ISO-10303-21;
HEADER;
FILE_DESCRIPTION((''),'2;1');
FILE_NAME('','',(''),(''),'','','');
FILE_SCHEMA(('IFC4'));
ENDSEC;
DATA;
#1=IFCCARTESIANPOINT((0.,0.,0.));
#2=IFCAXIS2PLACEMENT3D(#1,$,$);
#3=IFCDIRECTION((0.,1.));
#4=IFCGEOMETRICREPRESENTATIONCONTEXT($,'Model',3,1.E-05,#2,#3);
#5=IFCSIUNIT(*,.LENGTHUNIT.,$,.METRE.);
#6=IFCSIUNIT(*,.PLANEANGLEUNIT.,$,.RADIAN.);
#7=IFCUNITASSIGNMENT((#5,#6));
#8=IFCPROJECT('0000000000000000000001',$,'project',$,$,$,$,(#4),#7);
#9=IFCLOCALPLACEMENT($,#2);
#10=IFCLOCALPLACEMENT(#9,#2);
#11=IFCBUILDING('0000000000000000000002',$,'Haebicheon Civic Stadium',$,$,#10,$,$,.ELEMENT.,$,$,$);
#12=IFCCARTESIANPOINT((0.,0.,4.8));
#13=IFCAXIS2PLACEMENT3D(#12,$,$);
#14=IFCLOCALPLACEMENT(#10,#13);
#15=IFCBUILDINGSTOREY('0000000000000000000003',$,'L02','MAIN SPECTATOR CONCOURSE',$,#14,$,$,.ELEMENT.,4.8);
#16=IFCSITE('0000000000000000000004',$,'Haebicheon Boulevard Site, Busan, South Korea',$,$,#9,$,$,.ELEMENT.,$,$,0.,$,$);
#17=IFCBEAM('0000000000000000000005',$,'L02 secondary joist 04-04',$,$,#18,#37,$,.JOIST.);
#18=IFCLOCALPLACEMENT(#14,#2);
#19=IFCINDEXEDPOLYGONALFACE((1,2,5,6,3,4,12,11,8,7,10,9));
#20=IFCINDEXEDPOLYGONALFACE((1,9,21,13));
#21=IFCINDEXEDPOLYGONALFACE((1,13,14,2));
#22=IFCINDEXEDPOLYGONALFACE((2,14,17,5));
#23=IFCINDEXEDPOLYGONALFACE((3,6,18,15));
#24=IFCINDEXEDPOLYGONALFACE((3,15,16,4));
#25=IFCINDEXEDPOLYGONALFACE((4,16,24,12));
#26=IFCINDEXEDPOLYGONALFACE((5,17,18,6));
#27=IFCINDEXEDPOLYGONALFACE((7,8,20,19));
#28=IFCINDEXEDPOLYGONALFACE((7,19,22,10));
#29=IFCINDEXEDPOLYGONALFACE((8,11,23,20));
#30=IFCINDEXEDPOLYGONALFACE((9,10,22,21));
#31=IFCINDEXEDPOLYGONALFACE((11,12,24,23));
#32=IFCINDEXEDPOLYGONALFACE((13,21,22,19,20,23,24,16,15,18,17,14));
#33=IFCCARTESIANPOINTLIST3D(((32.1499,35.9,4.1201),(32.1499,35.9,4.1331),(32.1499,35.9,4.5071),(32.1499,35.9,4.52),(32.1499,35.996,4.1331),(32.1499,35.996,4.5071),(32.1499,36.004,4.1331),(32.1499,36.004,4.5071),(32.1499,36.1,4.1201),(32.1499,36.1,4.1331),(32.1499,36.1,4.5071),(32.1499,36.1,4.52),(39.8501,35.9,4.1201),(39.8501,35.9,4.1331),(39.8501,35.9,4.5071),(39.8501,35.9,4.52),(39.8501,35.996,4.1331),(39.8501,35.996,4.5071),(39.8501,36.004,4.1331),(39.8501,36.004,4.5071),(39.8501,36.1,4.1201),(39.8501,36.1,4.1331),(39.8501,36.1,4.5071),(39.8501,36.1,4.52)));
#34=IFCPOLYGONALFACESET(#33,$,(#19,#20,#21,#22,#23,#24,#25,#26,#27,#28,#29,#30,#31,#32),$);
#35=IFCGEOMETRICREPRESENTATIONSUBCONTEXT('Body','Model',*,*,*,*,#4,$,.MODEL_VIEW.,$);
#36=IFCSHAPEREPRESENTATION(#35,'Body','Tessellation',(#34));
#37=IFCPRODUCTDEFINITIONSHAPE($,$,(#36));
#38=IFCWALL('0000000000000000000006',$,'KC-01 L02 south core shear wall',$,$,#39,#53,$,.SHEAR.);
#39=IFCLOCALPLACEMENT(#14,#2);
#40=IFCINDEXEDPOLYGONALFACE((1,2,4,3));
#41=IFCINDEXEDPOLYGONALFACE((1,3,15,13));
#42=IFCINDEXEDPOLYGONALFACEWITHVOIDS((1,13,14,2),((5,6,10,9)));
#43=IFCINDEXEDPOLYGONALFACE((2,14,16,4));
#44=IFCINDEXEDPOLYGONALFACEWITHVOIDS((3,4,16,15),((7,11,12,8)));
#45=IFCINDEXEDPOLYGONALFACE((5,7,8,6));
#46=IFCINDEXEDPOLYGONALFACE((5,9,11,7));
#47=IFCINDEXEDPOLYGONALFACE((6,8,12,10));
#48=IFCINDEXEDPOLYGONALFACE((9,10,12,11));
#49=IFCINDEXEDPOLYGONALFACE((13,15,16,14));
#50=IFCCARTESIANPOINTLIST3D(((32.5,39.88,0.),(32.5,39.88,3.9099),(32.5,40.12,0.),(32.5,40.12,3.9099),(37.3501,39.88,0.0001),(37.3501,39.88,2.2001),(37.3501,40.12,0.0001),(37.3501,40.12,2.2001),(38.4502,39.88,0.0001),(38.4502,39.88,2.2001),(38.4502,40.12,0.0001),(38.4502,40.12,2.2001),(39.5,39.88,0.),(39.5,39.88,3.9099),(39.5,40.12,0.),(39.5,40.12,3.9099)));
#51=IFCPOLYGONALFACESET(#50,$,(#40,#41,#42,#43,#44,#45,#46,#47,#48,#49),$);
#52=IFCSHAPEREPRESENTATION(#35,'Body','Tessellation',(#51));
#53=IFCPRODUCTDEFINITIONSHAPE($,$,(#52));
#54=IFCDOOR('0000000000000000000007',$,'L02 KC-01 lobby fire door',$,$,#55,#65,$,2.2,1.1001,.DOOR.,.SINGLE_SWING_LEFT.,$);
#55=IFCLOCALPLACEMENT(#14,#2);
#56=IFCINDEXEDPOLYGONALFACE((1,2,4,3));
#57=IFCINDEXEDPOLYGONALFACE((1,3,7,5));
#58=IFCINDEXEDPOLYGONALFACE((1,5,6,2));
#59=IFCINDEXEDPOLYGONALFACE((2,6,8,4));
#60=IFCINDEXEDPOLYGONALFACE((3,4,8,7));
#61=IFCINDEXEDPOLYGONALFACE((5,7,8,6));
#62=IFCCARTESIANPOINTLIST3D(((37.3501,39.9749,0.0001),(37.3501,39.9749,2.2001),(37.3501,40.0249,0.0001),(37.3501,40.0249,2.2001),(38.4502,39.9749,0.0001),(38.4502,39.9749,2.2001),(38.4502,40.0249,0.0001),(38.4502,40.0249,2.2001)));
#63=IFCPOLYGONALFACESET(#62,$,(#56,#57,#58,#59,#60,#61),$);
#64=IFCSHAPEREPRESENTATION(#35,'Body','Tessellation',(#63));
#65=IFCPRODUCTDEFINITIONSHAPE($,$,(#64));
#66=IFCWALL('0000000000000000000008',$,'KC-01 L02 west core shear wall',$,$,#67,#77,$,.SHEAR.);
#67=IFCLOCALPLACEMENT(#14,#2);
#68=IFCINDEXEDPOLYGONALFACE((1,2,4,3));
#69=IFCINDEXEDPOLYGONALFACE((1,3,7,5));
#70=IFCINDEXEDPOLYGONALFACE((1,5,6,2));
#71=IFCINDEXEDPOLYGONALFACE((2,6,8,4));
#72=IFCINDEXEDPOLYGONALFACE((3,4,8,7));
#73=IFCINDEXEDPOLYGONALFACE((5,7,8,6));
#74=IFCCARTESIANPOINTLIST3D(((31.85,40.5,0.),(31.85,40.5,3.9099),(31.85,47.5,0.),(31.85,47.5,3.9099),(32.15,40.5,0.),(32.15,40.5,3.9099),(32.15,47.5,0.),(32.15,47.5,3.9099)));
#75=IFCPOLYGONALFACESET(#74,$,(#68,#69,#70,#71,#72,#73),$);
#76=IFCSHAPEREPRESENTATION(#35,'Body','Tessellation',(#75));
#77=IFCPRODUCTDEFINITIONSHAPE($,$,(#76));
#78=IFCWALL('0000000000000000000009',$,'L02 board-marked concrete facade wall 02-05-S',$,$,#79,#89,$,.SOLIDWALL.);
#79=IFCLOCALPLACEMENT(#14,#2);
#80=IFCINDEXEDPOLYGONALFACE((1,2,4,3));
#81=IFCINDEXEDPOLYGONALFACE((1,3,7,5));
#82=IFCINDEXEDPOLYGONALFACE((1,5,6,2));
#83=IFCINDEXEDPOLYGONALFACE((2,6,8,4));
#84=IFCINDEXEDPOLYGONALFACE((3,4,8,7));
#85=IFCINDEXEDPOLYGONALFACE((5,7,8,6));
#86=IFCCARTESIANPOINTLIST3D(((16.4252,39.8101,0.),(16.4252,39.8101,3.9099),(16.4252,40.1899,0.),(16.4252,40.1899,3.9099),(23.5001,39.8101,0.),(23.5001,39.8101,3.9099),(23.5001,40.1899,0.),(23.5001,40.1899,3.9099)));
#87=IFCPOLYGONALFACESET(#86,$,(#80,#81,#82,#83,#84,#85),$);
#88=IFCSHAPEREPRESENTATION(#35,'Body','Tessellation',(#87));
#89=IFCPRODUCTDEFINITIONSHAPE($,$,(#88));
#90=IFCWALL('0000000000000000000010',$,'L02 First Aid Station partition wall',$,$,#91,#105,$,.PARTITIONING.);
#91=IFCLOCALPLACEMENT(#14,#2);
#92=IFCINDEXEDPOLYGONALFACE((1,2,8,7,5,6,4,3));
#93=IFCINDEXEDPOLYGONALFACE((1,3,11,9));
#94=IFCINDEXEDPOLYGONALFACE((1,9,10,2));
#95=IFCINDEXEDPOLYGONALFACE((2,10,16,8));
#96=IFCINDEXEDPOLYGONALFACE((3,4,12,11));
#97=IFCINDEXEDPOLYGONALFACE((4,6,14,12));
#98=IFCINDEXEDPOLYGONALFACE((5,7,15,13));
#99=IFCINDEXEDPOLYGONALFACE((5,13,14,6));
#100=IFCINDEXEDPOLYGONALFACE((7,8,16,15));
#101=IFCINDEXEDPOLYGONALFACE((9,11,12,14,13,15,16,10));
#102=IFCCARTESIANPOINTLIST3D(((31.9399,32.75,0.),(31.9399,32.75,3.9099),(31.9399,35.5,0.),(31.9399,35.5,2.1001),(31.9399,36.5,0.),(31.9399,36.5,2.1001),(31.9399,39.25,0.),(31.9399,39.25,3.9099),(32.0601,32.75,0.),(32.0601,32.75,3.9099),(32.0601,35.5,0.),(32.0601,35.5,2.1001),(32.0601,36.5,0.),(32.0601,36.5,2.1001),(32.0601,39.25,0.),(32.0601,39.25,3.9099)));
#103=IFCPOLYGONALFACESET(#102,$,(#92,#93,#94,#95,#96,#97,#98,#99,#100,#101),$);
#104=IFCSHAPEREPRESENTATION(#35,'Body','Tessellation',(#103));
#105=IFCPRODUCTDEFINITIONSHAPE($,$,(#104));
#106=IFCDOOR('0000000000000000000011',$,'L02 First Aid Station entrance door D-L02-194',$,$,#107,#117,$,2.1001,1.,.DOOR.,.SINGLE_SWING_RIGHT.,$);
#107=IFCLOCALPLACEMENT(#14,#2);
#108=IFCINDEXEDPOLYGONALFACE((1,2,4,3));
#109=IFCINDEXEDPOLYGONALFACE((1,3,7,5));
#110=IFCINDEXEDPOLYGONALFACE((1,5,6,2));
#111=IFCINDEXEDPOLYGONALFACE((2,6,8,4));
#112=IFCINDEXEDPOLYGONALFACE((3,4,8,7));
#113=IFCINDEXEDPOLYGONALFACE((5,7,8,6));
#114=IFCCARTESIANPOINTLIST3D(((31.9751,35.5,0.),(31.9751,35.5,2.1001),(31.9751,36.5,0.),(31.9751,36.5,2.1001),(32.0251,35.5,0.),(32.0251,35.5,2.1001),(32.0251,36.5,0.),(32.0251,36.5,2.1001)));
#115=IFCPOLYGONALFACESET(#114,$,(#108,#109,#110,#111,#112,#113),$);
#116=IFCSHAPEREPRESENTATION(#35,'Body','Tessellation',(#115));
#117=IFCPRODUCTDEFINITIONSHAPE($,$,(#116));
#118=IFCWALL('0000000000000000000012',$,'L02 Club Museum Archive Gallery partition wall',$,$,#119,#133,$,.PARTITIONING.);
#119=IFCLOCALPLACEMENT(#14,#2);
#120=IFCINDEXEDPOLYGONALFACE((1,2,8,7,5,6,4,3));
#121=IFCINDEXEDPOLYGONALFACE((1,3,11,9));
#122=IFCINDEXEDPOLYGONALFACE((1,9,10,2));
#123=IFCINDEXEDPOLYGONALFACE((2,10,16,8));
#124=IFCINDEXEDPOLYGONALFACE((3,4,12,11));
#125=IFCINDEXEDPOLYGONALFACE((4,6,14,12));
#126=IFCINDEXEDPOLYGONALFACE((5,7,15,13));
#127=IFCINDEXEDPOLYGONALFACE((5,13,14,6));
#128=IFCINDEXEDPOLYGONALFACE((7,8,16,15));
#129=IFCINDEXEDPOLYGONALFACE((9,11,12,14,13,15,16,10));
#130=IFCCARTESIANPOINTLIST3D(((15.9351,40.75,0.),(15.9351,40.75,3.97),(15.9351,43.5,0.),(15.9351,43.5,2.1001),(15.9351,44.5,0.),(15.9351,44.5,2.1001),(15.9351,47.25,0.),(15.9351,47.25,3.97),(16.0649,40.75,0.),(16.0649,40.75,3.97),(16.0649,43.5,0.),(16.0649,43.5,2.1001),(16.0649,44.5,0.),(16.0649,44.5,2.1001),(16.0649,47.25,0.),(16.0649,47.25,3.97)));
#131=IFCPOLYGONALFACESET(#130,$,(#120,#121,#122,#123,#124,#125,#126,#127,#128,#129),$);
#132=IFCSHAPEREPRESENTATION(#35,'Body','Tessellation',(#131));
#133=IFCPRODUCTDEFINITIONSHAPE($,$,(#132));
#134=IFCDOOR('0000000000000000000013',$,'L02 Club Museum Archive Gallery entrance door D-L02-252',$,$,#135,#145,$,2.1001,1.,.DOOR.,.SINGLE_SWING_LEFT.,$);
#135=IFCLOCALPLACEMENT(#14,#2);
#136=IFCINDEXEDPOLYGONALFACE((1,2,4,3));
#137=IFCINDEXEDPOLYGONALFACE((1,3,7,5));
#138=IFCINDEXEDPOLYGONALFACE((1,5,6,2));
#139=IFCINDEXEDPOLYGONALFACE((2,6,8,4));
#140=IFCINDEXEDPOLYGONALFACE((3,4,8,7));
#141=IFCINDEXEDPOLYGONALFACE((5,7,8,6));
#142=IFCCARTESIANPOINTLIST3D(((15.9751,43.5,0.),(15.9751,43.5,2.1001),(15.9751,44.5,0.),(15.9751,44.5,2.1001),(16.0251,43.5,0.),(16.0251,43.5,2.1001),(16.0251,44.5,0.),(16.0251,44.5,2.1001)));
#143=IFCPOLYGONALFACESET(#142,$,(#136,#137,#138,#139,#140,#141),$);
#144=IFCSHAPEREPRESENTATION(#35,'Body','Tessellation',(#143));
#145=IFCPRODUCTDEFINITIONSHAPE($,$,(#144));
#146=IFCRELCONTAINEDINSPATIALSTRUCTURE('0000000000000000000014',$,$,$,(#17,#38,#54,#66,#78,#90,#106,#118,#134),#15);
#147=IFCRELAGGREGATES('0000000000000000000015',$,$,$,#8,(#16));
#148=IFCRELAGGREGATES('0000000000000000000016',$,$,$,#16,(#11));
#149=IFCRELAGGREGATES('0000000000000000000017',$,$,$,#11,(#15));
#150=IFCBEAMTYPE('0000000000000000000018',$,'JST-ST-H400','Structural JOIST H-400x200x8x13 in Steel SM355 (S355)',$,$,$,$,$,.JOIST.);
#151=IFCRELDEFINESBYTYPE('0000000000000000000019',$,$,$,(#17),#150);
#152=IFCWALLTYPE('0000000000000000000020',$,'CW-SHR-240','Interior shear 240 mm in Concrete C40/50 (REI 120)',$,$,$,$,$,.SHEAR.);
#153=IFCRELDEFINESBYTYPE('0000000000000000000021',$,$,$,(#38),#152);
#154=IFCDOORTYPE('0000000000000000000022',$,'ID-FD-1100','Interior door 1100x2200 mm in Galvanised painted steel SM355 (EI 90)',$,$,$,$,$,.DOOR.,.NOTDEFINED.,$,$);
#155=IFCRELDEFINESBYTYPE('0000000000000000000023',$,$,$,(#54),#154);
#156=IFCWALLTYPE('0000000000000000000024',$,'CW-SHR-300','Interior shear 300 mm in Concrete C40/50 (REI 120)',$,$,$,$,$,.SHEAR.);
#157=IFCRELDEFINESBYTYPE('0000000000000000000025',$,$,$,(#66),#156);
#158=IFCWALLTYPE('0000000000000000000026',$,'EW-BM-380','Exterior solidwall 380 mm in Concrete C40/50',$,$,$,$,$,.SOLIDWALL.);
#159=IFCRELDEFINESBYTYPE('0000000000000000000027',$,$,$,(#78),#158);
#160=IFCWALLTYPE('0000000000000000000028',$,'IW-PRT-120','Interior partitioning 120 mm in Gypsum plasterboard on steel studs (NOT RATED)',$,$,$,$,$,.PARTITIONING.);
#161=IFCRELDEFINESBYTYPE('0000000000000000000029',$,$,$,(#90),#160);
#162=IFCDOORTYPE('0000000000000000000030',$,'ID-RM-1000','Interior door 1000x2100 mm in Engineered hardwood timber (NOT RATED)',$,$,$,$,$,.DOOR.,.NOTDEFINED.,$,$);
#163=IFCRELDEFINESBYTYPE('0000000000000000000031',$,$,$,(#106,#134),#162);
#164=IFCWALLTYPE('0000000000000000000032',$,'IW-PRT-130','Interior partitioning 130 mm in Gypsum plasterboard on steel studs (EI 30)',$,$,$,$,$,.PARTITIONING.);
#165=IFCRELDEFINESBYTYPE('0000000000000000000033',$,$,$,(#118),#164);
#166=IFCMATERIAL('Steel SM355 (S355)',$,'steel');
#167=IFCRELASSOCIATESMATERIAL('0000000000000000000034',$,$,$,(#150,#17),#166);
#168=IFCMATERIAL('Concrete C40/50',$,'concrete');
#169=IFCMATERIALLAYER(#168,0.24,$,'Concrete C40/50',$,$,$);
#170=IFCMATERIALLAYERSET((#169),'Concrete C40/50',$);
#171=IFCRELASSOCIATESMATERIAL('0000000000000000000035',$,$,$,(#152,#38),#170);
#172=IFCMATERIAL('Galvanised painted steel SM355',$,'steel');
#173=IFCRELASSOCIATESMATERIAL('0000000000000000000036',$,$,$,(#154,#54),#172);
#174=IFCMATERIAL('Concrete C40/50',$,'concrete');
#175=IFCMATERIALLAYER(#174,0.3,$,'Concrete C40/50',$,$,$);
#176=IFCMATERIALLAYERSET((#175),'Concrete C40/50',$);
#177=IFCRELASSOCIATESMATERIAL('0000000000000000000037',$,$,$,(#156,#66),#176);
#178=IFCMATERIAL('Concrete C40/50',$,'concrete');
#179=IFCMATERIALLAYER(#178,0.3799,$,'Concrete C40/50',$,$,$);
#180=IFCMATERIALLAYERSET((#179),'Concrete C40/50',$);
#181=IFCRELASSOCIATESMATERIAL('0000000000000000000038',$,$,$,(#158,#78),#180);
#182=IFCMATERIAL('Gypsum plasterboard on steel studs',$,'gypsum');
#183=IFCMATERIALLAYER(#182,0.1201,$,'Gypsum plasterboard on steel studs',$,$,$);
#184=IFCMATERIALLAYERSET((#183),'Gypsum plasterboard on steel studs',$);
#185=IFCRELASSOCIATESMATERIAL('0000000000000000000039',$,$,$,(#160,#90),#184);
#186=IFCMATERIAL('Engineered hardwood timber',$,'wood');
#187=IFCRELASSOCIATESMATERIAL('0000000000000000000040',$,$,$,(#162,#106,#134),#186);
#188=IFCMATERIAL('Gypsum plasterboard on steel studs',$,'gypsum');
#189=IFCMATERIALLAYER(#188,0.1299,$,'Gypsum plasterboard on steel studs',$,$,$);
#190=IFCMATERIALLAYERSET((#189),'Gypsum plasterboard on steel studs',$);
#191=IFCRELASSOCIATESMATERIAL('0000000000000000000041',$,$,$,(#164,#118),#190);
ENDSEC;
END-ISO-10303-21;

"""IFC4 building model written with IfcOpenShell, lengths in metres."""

from ifc_helpers import new_model, si_unit, direction, frame, frame_2d, origin, origin_2d, place, context, subcontext, project, spatial, rectangle, i_section, extrude, material, layer, layer_set, material_profile, profile_set, type_object, element, fill, save


model = new_model("IFC4")

# Units and contexts
model_context = context("Model", 3, precision=1e-05, world=origin(), true_north=direction((0.0, 1.0)))
body_context = subcontext(model_context, "Body", "Model", "MODEL_VIEW")
ifc_project = project(units=[si_unit("LENGTHUNIT", "METRE"), si_unit("PLANEANGLEUNIT", "RADIAN")], contexts=[model_context])

# Site, building, storey
site_placement = place(None, origin())
site = spatial("IfcSite", under=ifc_project, at=site_placement, Name="Haebicheon Boulevard Site, Busan, South Korea", CompositionType="ELEMENT", RefElevation=0.0)
building_placement = place(site_placement, origin())
building = spatial("IfcBuilding", under=site, at=building_placement, Name="Haebicheon Civic Stadium", CompositionType="ELEMENT")
storey_placement = place(building_placement, frame((0.0, 0.0, 4.8)))
storey = spatial("IfcBuildingStorey", under=building, at=storey_placement, Name="L02", Description="MAIN SPECTATOR CONCOURSE", CompositionType="ELEMENT", Elevation=4.8)

# Beam
ifc_material_1 = material(Name="Steel SM355 (S355)", Category="steel")
ifc_material_profile_1 = material_profile(ifc_material_1, i_section(OverallWidth=0.2, OverallDepth=0.3999, WebThickness=0.0081, FlangeThickness=0.0129, at=origin_2d()), Name="H-400x200x8x13")
ifc_profile_set_1 = profile_set([ifc_material_profile_1], Name="Steel SM355 (S355)")
beam_type_1 = type_object("IfcBeamType", Name="JST-ST-H400", Description="Structural JOIST H-400x200x8x13 in Steel SM355 (S355)", PredefinedType="JOIST", material=ifc_profile_set_1)
for number, where, z_axis, x_axis, name in (
    (1, (32.1499, 36.0, 4.3201), (1.0, 0.0, 0.0), (0.0, 1.0, 0.0), "L02 secondary joist 04-04"),
):
    element("IfcBeam", number, at=place(storey_placement, frame(where, z_axis=z_axis, x_axis=x_axis)), inside=storey, type_object=beam_type_1, material=ifc_profile_set_1, Name=name, PredefinedType="JOIST", context=body_context, shape_type="SweptSolid", body=[
        extrude(i_section(OverallWidth=0.2, OverallDepth=0.3999, WebThickness=0.0081, FlangeThickness=0.0129, at=origin_2d()), origin(), (0.0, 0.0, 1.0), 7.7002),
    ])

# Wall, opening, door
ifc_material_2 = material(Name="Concrete C40/50", Category="concrete")
ifc_layer_1 = layer(ifc_material_2, 0.24, Name="Concrete C40/50")
ifc_layer_set_1 = layer_set([ifc_layer_1], Name="Concrete C40/50")
wall_type_1 = type_object("IfcWallType", Name="CW-SHR-240", Description="Interior shear 240 mm in Concrete C40/50 (REI 120)", PredefinedType="SHEAR", material=ifc_layer_set_1)
wall_1_placement = place(storey_placement, frame((32.5, 40.0, 0.0), z_axis=(0.0, 0.0, 1.0), x_axis=(1.0, 0.0, 0.0)))
wall_1 = element("IfcWall", 2, at=wall_1_placement, inside=storey, type_object=wall_type_1, material=ifc_layer_set_1, Name="KC-01 L02 south core shear wall", PredefinedType="SHEAR", context=body_context, shape_type="SweptSolid", body=[
    extrude(rectangle(XDim=7.0, YDim=0.24, at=frame_2d((3.5, 0.0))), origin(), (0.0, 0.0, 1.0), 3.9099),
])
opening_1_placement = place(wall_1_placement, frame((4.8501, 0.0, 0.0)))
opening_1 = element("IfcOpeningElement", 3, at=opening_1_placement, cuts=wall_1, PredefinedType="OPENING", context=body_context, shape_type="SweptSolid", body=[
    extrude(rectangle(XDim=1.1001, YDim=2.2, at=frame_2d((0.55, 1.1001))), frame((0.0, 0.1299, 0.0), z_axis=(0.0, -1.0, 0.0), x_axis=(1.0, 0.0, 0.0)), (0.0, 0.0, 1.0), 0.26),
])
ifc_material_3 = material(Name="Galvanised painted steel SM355", Category="steel")
door_type_1 = type_object("IfcDoorType", Name="ID-FD-1100", Description="Interior door 1100x2200 mm in Galvanised painted steel SM355 (EI 90)", OperationType="NOTDEFINED", PredefinedType="DOOR", material=ifc_material_3)
door_1_placement = place(opening_1_placement, origin())
door_1 = element("IfcDoor", 4, at=door_1_placement, inside=storey, type_object=door_type_1, material=ifc_material_3, Name="L02 KC-01 lobby fire door", OperationType="SINGLE_SWING_LEFT", OverallHeight=2.2, OverallWidth=1.1001, PredefinedType="DOOR", context=body_context, shape_type="SweptSolid", body=[
    extrude(rectangle(XDim=1.1001, YDim=2.2, at=frame_2d((0.55, 1.1001))), frame((0.0, 0.0249, 0.0), z_axis=(0.0, -1.0, 0.0), x_axis=(1.0, 0.0, 0.0)), (0.0, 0.0, 1.0), 0.05),
])
fill(opening_1, door_1)

# Walls
ifc_material_4 = material(Name="Concrete C40/50", Category="concrete")
ifc_layer_2 = layer(ifc_material_4, 0.3, Name="Concrete C40/50")
ifc_layer_set_2 = layer_set([ifc_layer_2], Name="Concrete C40/50")
wall_type_2 = type_object("IfcWallType", Name="CW-SHR-300", Description="Interior shear 300 mm in Concrete C40/50 (REI 120)", PredefinedType="SHEAR", material=ifc_layer_set_2)
wall_2_placement = place(storey_placement, frame((32.0, 40.5, 0.0), z_axis=(0.0, 0.0, 1.0), x_axis=(0.0, 1.0, 0.0)))
element("IfcWall", 5, at=wall_2_placement, inside=storey, type_object=wall_type_2, material=ifc_layer_set_2, Name="KC-01 L02 west core shear wall", PredefinedType="SHEAR", context=body_context, shape_type="SweptSolid", body=[
    extrude(rectangle(XDim=7.0, YDim=0.3, at=frame_2d((3.5, 0.0))), origin(), (0.0, 0.0, 1.0), 3.9099),
])
ifc_material_5 = material(Name="Concrete C40/50", Category="concrete")
ifc_layer_3 = layer(ifc_material_5, 0.3799, Name="Concrete C40/50")
ifc_layer_set_3 = layer_set([ifc_layer_3], Name="Concrete C40/50")
wall_type_3 = type_object("IfcWallType", Name="EW-BM-380", Description="Exterior solidwall 380 mm in Concrete C40/50", PredefinedType="SOLIDWALL", material=ifc_layer_set_3)
wall_3_placement = place(storey_placement, frame((16.425, 40.0, 0.0), z_axis=(0.0, 0.0, 1.0), x_axis=(1.0, 0.0, 0.0)))
element("IfcWall", 6, at=wall_3_placement, inside=storey, type_object=wall_type_3, material=ifc_layer_set_3, Name="L02 board-marked concrete facade wall 02-05-S", PredefinedType="SOLIDWALL", context=body_context, shape_type="SweptSolid", body=[
    extrude(rectangle(XDim=7.075, YDim=0.3799, at=frame_2d((3.5376, 0.0))), origin(), (0.0, 0.0, 1.0), 3.9099),
])

# Walls, openings, doors
ifc_material_6 = material(Name="Gypsum plasterboard on steel studs", Category="gypsum")
ifc_layer_4 = layer(ifc_material_6, 0.1201, Name="Gypsum plasterboard on steel studs")
ifc_layer_set_4 = layer_set([ifc_layer_4], Name="Gypsum plasterboard on steel studs")
wall_type_4 = type_object("IfcWallType", Name="IW-PRT-120", Description="Interior partitioning 120 mm in Gypsum plasterboard on steel studs (NOT RATED)", PredefinedType="PARTITIONING", material=ifc_layer_set_4)
wall_4_placement = place(storey_placement, frame((32.0, 32.75, 0.0), z_axis=(0.0, 0.0, 1.0), x_axis=(0.0, 1.0, 0.0)))
wall_4 = element("IfcWall", 7, at=wall_4_placement, inside=storey, type_object=wall_type_4, material=ifc_layer_set_4, Name="L02 First Aid Station partition wall", PredefinedType="PARTITIONING", context=body_context, shape_type="SweptSolid", body=[
    extrude(rectangle(XDim=6.5, YDim=0.1201, at=frame_2d((3.25, 0.0))), origin(), (0.0, 0.0, 1.0), 3.9099),
])
opening_2_placement = place(wall_4_placement, frame((2.75, 0.0, 0.0)))
opening_2 = element("IfcOpeningElement", 8, at=opening_2_placement, cuts=wall_4, PredefinedType="OPENING", context=body_context, shape_type="SweptSolid", body=[
    extrude(rectangle(XDim=1.0, YDim=2.1001, at=frame_2d((0.5, 1.05))), frame((0.0, 0.0701, 0.0), z_axis=(0.0, -1.0, 0.0), x_axis=(1.0, 0.0, 0.0)), (0.0, 0.0, 1.0), 0.1401),
])
ifc_material_7 = material(Name="Engineered hardwood timber", Category="wood")
door_type_2 = type_object("IfcDoorType", Name="ID-RM-1000", Description="Interior door 1000x2100 mm in Engineered hardwood timber (NOT RATED)", OperationType="NOTDEFINED", PredefinedType="DOOR", material=ifc_material_7)
door_2_placement = place(opening_2_placement, origin())
door_2 = element("IfcDoor", 9, at=door_2_placement, inside=storey, type_object=door_type_2, material=ifc_material_7, Name="L02 First Aid Station entrance door D-L02-194", OperationType="SINGLE_SWING_RIGHT", OverallHeight=2.1001, OverallWidth=1.0, PredefinedType="DOOR", context=body_context, shape_type="SweptSolid", body=[
    extrude(rectangle(XDim=1.0, YDim=2.1001, at=frame_2d((0.5, 1.05))), frame((0.0, 0.0249, 0.0), z_axis=(0.0, -1.0, 0.0), x_axis=(1.0, 0.0, 0.0)), (0.0, 0.0, 1.0), 0.05),
])
fill(opening_2, door_2)
ifc_material_8 = material(Name="Gypsum plasterboard on steel studs", Category="gypsum")
ifc_layer_5 = layer(ifc_material_8, 0.1299, Name="Gypsum plasterboard on steel studs")
ifc_layer_set_5 = layer_set([ifc_layer_5], Name="Gypsum plasterboard on steel studs")
wall_type_5 = type_object("IfcWallType", Name="IW-PRT-130", Description="Interior partitioning 130 mm in Gypsum plasterboard on steel studs (EI 30)", PredefinedType="PARTITIONING", material=ifc_layer_set_5)
wall_5_placement = place(storey_placement, frame((16.0, 40.75, 0.0), z_axis=(0.0, 0.0, 1.0), x_axis=(0.0, 1.0, 0.0)))
wall_5 = element("IfcWall", 10, at=wall_5_placement, inside=storey, type_object=wall_type_5, material=ifc_layer_set_5, Name="L02 Club Museum Archive Gallery partition wall", PredefinedType="PARTITIONING", context=body_context, shape_type="SweptSolid", body=[
    extrude(rectangle(XDim=6.5, YDim=0.1299, at=frame_2d((3.25, 0.0))), origin(), (0.0, 0.0, 1.0), 3.97),
])
opening_3_placement = place(wall_5_placement, frame((2.75, 0.0, 0.0)))
opening_3 = element("IfcOpeningElement", 11, at=opening_3_placement, cuts=wall_5, PredefinedType="OPENING", context=body_context, shape_type="SweptSolid", body=[
    extrude(rectangle(XDim=1.0, YDim=2.1001, at=frame_2d((0.5, 1.05))), frame((0.0, 0.075, 0.0), z_axis=(0.0, -1.0, 0.0), x_axis=(1.0, 0.0, 0.0)), (0.0, 0.0, 1.0), 0.1499),
])
door_3_placement = place(opening_3_placement, origin())
door_3 = element("IfcDoor", 12, at=door_3_placement, inside=storey, type_object=door_type_2, material=ifc_material_7, Name="L02 Club Museum Archive Gallery entrance door D-L02-252", OperationType="SINGLE_SWING_LEFT", OverallHeight=2.1001, OverallWidth=1.0, PredefinedType="DOOR", context=body_context, shape_type="SweptSolid", body=[
    extrude(rectangle(XDim=1.0, YDim=2.1001, at=frame_2d((0.5, 1.05))), frame((0.0, 0.0249, 0.0), z_axis=(0.0, -1.0, 0.0), x_axis=(1.0, 0.0, 0.0)), (0.0, 0.0, 1.0), 0.05),
])
fill(opening_3, door_3)

save(model, "model.ifc")
